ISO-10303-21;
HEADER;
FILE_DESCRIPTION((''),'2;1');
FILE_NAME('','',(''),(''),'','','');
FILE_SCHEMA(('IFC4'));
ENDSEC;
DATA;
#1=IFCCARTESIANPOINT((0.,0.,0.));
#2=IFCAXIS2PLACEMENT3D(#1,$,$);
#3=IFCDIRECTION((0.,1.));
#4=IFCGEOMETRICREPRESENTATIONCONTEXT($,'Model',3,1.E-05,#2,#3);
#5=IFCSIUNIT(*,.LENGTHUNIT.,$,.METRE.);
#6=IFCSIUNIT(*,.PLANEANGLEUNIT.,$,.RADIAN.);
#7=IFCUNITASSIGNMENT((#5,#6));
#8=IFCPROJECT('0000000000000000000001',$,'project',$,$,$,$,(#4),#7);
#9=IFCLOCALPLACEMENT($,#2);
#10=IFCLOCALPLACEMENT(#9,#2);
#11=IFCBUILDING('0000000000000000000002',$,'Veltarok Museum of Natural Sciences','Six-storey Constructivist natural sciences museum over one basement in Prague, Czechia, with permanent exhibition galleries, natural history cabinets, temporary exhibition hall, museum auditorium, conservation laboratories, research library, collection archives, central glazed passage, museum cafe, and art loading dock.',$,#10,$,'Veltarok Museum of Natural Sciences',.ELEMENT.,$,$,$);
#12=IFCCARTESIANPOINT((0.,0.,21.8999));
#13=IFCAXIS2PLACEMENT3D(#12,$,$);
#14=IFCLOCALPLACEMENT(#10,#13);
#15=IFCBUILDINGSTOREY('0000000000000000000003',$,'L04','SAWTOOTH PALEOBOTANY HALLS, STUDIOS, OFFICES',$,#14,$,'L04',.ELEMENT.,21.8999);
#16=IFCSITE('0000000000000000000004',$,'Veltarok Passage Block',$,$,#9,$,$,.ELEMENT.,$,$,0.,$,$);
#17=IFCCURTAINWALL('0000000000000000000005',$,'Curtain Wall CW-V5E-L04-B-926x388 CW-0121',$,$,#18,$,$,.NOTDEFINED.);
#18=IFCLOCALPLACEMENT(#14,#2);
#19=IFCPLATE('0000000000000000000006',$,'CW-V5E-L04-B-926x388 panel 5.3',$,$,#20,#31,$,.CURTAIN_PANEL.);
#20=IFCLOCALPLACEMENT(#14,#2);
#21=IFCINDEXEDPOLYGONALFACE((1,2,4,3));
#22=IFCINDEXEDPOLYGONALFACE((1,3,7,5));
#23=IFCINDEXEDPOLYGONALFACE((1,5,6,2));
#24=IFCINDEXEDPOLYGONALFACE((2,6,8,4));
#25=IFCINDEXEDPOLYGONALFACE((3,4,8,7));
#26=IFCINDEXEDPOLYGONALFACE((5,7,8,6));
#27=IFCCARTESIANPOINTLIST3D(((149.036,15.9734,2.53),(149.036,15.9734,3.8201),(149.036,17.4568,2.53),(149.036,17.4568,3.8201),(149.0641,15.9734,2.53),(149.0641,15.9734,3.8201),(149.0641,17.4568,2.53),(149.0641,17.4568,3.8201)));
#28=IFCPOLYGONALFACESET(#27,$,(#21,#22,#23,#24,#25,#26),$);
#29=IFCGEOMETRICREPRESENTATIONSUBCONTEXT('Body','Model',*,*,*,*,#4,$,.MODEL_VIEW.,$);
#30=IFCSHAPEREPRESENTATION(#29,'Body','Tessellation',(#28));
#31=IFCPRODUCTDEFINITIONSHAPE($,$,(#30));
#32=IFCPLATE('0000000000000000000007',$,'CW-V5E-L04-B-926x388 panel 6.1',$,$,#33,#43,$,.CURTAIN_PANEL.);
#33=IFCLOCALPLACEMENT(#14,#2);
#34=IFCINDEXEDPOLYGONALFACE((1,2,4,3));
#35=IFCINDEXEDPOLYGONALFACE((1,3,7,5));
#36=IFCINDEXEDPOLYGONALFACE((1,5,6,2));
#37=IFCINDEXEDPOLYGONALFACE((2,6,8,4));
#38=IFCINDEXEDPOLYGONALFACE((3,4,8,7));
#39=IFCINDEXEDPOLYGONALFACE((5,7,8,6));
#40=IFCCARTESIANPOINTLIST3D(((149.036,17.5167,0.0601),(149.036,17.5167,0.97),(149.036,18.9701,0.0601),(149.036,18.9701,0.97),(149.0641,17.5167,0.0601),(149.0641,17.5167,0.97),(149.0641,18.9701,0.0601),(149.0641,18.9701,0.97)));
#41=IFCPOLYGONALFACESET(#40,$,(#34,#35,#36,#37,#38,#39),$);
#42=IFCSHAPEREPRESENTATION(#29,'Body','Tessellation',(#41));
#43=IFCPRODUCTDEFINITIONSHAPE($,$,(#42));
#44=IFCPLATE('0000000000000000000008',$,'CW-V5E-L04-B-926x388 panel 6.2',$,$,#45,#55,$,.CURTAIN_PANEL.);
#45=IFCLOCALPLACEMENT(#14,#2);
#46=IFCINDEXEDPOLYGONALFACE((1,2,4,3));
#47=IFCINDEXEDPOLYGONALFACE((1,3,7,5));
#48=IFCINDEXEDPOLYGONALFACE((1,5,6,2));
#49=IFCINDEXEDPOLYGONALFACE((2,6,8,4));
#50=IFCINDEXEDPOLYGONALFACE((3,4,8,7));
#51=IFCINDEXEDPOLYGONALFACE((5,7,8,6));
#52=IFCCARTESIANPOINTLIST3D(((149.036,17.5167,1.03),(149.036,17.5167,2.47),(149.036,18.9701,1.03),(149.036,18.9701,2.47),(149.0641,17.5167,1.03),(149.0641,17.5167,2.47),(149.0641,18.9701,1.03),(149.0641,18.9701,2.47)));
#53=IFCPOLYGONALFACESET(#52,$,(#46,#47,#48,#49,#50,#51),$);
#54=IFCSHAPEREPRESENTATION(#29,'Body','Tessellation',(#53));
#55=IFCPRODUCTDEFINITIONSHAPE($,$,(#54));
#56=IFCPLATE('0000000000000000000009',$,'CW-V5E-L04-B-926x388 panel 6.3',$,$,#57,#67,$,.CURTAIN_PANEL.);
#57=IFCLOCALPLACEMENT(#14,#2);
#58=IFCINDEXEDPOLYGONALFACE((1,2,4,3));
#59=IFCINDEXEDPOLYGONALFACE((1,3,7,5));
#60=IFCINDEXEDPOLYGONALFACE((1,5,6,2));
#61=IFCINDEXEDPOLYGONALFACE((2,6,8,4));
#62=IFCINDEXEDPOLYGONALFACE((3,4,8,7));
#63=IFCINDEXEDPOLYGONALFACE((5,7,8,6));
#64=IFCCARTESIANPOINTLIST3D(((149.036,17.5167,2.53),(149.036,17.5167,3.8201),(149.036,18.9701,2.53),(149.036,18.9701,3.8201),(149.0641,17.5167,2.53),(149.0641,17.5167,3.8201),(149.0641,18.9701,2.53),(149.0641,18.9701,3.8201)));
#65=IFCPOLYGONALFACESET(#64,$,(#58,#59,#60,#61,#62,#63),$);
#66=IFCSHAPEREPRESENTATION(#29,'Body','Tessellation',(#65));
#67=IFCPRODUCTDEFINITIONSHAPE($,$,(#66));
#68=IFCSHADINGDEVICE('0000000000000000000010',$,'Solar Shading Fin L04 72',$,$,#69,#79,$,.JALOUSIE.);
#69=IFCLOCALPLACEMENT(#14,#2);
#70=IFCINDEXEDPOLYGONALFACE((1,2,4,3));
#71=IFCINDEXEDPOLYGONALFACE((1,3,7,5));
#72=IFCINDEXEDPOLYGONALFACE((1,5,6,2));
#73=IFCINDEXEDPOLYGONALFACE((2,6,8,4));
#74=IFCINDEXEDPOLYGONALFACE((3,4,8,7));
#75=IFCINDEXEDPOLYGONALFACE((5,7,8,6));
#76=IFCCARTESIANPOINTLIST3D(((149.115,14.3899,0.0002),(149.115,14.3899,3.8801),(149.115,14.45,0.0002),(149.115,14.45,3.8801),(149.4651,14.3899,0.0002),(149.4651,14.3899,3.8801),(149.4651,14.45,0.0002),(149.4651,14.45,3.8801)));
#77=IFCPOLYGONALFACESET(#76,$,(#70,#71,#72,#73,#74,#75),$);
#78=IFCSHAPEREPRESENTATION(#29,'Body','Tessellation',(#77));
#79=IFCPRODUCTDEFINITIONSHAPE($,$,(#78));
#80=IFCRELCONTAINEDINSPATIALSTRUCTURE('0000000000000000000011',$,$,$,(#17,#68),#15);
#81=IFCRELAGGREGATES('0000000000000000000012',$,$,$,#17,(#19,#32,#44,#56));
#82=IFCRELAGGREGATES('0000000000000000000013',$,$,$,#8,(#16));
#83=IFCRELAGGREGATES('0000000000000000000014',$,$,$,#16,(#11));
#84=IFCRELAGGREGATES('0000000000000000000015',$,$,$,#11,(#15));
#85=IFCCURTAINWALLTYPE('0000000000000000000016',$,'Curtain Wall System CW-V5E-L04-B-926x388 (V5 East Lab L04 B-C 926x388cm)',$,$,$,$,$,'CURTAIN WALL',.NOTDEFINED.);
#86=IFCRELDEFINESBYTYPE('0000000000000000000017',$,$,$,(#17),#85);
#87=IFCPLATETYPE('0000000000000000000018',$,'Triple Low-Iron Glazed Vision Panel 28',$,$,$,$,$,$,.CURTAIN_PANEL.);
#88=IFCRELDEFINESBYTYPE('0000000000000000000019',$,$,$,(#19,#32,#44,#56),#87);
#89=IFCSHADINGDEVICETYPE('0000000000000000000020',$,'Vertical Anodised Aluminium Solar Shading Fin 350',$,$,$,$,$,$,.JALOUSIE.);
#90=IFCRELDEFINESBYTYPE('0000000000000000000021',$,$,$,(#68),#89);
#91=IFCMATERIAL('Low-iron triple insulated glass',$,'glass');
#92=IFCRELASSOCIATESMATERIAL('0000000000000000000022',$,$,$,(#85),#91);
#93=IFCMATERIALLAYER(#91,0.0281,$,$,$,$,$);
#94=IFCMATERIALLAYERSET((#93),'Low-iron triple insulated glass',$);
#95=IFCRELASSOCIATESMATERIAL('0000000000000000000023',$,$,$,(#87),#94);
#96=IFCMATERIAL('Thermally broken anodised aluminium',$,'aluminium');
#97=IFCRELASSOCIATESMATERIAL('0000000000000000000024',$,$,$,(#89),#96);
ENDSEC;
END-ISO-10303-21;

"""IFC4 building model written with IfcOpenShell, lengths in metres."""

from ifc_helpers import new_model, si_unit, direction, frame, origin, origin_2d, place, context, subcontext, project, spatial, rectangle, extrude, material, layer, layer_set, type_object, element, aggregate, save


model = new_model("IFC4")

# Units and contexts
model_context = context("Model", 3, precision=1e-05, world=origin(), true_north=direction((0.0, 1.0)))
body_context = subcontext(model_context, "Body", "Model", "MODEL_VIEW")
ifc_project = project(units=[si_unit("LENGTHUNIT", "METRE"), si_unit("PLANEANGLEUNIT", "RADIAN")], contexts=[model_context])

# Site, building, storey
site_placement = place(None, origin())
site = spatial("IfcSite", under=ifc_project, at=site_placement, Name="Veltarok Passage Block", CompositionType="ELEMENT", RefElevation=0.0)
building_placement = place(site_placement, origin())
building = spatial("IfcBuilding", under=site, at=building_placement, Name="Veltarok Museum of Natural Sciences", Description="Six-storey Constructivist natural sciences museum over one basement in Prague, Czechia, with permanent exhibition galleries, natural history cabinets, temporary exhibition hall, museum auditorium, conservation laboratories, research library, collection archives, central glazed passage, museum cafe, and art loading dock.", LongName="Veltarok Museum of Natural Sciences", CompositionType="ELEMENT")
storey_placement = place(building_placement, frame((0.0, 0.0, 21.8999)))
storey = spatial("IfcBuildingStorey", under=building, at=storey_placement, Name="L04", Description="SAWTOOTH PALEOBOTANY HALLS, STUDIOS, OFFICES", LongName="L04", CompositionType="ELEMENT", Elevation=21.8999)

# Curtain wall, plates
ifc_material_1 = material(Name="Low-iron triple insulated glass", Category="glass")
curtain_wall_type = type_object("IfcCurtainWallType", Name="Curtain Wall System CW-V5E-L04-B-926x388 (V5 East Lab L04 B-C 926x388cm)", ElementType="CURTAIN WALL", PredefinedType="NOTDEFINED", material=ifc_material_1)
curtain_wall_placement = place(storey_placement, origin())
curtain_wall = element("IfcCurtainWall", 1, at=curtain_wall_placement, inside=storey, type_object=curtain_wall_type, Name="Curtain Wall CW-V5E-L04-B-926x388 CW-0121", PredefinedType="NOTDEFINED")
ifc_material_2 = material(Name="Thermally broken anodised aluminium", Category="aluminium")
ifc_layer = layer(ifc_material_1, 0.0281)
ifc_layer_set = layer_set([ifc_layer], Name="Low-iron triple insulated glass")
plate_type = type_object("IfcPlateType", Name="Triple Low-Iron Glazed Vision Panel 28", PredefinedType="CURTAIN_PANEL", material=ifc_layer_set)
plate_1_placement = place(storey_placement, frame((149.05, 16.7151, 2.53), z_axis=(0.0, 0.0, 1.0), x_axis=(0.0, 1.0, 0.0)))
plate_1 = element("IfcPlate", 2, at=plate_1_placement, type_object=plate_type, Name="CW-V5E-L04-B-926x388 panel 5.3", PredefinedType="CURTAIN_PANEL", context=body_context, shape_type="SweptSolid", body=[
    extrude(rectangle(XDim=1.4834, YDim=0.0281, at=origin_2d()), origin(), (0.0, 0.0, 1.0), 1.29),
])
plate_2_placement = place(storey_placement, frame((149.05, 18.2434, 0.0601), z_axis=(0.0, 0.0, 1.0), x_axis=(0.0, 1.0, 0.0)))
plate_2 = element("IfcPlate", 3, at=plate_2_placement, type_object=plate_type, Name="CW-V5E-L04-B-926x388 panel 6.1", PredefinedType="CURTAIN_PANEL", context=body_context, shape_type="SweptSolid", body=[
    extrude(rectangle(XDim=1.4534, YDim=0.0281, at=origin_2d()), origin(), (0.0, 0.0, 1.0), 0.9099),
])
plate_3_placement = place(storey_placement, frame((149.05, 18.2434, 1.03), z_axis=(0.0, 0.0, 1.0), x_axis=(0.0, 1.0, 0.0)))
plate_3 = element("IfcPlate", 4, at=plate_3_placement, type_object=plate_type, Name="CW-V5E-L04-B-926x388 panel 6.2", PredefinedType="CURTAIN_PANEL", context=body_context, shape_type="SweptSolid", body=[
    extrude(rectangle(XDim=1.4534, YDim=0.0281, at=origin_2d()), origin(), (0.0, 0.0, 1.0), 1.4399),
])
plate_4_placement = place(storey_placement, frame((149.05, 18.2434, 2.53), z_axis=(0.0, 0.0, 1.0), x_axis=(0.0, 1.0, 0.0)))
plate_4 = element("IfcPlate", 5, at=plate_4_placement, type_object=plate_type, Name="CW-V5E-L04-B-926x388 panel 6.3", PredefinedType="CURTAIN_PANEL", context=body_context, shape_type="SweptSolid", body=[
    extrude(rectangle(XDim=1.4534, YDim=0.0281, at=origin_2d()), origin(), (0.0, 0.0, 1.0), 1.29),
])
aggregate(curtain_wall, [plate_1, plate_2, plate_3, plate_4])

# Shading device
shading_device_type = type_object("IfcShadingDeviceType", Name="Vertical Anodised Aluminium Solar Shading Fin 350", PredefinedType="JALOUSIE", material=ifc_material_2)
shading_device_placement = place(storey_placement, frame((149.29, 14.4199, 0.0002), z_axis=(0.0, 0.0, 1.0), x_axis=(1.0, 0.0, 0.0)))
element("IfcShadingDevice", 6, at=shading_device_placement, inside=storey, type_object=shading_device_type, Name="Solar Shading Fin L04 72", PredefinedType="JALOUSIE", context=body_context, shape_type="SweptSolid", body=[
    extrude(rectangle(XDim=0.3501, YDim=0.0601, at=origin_2d()), origin(), (0.0, 0.0, 1.0), 3.8799),
])

save(model, "model.ifc")
